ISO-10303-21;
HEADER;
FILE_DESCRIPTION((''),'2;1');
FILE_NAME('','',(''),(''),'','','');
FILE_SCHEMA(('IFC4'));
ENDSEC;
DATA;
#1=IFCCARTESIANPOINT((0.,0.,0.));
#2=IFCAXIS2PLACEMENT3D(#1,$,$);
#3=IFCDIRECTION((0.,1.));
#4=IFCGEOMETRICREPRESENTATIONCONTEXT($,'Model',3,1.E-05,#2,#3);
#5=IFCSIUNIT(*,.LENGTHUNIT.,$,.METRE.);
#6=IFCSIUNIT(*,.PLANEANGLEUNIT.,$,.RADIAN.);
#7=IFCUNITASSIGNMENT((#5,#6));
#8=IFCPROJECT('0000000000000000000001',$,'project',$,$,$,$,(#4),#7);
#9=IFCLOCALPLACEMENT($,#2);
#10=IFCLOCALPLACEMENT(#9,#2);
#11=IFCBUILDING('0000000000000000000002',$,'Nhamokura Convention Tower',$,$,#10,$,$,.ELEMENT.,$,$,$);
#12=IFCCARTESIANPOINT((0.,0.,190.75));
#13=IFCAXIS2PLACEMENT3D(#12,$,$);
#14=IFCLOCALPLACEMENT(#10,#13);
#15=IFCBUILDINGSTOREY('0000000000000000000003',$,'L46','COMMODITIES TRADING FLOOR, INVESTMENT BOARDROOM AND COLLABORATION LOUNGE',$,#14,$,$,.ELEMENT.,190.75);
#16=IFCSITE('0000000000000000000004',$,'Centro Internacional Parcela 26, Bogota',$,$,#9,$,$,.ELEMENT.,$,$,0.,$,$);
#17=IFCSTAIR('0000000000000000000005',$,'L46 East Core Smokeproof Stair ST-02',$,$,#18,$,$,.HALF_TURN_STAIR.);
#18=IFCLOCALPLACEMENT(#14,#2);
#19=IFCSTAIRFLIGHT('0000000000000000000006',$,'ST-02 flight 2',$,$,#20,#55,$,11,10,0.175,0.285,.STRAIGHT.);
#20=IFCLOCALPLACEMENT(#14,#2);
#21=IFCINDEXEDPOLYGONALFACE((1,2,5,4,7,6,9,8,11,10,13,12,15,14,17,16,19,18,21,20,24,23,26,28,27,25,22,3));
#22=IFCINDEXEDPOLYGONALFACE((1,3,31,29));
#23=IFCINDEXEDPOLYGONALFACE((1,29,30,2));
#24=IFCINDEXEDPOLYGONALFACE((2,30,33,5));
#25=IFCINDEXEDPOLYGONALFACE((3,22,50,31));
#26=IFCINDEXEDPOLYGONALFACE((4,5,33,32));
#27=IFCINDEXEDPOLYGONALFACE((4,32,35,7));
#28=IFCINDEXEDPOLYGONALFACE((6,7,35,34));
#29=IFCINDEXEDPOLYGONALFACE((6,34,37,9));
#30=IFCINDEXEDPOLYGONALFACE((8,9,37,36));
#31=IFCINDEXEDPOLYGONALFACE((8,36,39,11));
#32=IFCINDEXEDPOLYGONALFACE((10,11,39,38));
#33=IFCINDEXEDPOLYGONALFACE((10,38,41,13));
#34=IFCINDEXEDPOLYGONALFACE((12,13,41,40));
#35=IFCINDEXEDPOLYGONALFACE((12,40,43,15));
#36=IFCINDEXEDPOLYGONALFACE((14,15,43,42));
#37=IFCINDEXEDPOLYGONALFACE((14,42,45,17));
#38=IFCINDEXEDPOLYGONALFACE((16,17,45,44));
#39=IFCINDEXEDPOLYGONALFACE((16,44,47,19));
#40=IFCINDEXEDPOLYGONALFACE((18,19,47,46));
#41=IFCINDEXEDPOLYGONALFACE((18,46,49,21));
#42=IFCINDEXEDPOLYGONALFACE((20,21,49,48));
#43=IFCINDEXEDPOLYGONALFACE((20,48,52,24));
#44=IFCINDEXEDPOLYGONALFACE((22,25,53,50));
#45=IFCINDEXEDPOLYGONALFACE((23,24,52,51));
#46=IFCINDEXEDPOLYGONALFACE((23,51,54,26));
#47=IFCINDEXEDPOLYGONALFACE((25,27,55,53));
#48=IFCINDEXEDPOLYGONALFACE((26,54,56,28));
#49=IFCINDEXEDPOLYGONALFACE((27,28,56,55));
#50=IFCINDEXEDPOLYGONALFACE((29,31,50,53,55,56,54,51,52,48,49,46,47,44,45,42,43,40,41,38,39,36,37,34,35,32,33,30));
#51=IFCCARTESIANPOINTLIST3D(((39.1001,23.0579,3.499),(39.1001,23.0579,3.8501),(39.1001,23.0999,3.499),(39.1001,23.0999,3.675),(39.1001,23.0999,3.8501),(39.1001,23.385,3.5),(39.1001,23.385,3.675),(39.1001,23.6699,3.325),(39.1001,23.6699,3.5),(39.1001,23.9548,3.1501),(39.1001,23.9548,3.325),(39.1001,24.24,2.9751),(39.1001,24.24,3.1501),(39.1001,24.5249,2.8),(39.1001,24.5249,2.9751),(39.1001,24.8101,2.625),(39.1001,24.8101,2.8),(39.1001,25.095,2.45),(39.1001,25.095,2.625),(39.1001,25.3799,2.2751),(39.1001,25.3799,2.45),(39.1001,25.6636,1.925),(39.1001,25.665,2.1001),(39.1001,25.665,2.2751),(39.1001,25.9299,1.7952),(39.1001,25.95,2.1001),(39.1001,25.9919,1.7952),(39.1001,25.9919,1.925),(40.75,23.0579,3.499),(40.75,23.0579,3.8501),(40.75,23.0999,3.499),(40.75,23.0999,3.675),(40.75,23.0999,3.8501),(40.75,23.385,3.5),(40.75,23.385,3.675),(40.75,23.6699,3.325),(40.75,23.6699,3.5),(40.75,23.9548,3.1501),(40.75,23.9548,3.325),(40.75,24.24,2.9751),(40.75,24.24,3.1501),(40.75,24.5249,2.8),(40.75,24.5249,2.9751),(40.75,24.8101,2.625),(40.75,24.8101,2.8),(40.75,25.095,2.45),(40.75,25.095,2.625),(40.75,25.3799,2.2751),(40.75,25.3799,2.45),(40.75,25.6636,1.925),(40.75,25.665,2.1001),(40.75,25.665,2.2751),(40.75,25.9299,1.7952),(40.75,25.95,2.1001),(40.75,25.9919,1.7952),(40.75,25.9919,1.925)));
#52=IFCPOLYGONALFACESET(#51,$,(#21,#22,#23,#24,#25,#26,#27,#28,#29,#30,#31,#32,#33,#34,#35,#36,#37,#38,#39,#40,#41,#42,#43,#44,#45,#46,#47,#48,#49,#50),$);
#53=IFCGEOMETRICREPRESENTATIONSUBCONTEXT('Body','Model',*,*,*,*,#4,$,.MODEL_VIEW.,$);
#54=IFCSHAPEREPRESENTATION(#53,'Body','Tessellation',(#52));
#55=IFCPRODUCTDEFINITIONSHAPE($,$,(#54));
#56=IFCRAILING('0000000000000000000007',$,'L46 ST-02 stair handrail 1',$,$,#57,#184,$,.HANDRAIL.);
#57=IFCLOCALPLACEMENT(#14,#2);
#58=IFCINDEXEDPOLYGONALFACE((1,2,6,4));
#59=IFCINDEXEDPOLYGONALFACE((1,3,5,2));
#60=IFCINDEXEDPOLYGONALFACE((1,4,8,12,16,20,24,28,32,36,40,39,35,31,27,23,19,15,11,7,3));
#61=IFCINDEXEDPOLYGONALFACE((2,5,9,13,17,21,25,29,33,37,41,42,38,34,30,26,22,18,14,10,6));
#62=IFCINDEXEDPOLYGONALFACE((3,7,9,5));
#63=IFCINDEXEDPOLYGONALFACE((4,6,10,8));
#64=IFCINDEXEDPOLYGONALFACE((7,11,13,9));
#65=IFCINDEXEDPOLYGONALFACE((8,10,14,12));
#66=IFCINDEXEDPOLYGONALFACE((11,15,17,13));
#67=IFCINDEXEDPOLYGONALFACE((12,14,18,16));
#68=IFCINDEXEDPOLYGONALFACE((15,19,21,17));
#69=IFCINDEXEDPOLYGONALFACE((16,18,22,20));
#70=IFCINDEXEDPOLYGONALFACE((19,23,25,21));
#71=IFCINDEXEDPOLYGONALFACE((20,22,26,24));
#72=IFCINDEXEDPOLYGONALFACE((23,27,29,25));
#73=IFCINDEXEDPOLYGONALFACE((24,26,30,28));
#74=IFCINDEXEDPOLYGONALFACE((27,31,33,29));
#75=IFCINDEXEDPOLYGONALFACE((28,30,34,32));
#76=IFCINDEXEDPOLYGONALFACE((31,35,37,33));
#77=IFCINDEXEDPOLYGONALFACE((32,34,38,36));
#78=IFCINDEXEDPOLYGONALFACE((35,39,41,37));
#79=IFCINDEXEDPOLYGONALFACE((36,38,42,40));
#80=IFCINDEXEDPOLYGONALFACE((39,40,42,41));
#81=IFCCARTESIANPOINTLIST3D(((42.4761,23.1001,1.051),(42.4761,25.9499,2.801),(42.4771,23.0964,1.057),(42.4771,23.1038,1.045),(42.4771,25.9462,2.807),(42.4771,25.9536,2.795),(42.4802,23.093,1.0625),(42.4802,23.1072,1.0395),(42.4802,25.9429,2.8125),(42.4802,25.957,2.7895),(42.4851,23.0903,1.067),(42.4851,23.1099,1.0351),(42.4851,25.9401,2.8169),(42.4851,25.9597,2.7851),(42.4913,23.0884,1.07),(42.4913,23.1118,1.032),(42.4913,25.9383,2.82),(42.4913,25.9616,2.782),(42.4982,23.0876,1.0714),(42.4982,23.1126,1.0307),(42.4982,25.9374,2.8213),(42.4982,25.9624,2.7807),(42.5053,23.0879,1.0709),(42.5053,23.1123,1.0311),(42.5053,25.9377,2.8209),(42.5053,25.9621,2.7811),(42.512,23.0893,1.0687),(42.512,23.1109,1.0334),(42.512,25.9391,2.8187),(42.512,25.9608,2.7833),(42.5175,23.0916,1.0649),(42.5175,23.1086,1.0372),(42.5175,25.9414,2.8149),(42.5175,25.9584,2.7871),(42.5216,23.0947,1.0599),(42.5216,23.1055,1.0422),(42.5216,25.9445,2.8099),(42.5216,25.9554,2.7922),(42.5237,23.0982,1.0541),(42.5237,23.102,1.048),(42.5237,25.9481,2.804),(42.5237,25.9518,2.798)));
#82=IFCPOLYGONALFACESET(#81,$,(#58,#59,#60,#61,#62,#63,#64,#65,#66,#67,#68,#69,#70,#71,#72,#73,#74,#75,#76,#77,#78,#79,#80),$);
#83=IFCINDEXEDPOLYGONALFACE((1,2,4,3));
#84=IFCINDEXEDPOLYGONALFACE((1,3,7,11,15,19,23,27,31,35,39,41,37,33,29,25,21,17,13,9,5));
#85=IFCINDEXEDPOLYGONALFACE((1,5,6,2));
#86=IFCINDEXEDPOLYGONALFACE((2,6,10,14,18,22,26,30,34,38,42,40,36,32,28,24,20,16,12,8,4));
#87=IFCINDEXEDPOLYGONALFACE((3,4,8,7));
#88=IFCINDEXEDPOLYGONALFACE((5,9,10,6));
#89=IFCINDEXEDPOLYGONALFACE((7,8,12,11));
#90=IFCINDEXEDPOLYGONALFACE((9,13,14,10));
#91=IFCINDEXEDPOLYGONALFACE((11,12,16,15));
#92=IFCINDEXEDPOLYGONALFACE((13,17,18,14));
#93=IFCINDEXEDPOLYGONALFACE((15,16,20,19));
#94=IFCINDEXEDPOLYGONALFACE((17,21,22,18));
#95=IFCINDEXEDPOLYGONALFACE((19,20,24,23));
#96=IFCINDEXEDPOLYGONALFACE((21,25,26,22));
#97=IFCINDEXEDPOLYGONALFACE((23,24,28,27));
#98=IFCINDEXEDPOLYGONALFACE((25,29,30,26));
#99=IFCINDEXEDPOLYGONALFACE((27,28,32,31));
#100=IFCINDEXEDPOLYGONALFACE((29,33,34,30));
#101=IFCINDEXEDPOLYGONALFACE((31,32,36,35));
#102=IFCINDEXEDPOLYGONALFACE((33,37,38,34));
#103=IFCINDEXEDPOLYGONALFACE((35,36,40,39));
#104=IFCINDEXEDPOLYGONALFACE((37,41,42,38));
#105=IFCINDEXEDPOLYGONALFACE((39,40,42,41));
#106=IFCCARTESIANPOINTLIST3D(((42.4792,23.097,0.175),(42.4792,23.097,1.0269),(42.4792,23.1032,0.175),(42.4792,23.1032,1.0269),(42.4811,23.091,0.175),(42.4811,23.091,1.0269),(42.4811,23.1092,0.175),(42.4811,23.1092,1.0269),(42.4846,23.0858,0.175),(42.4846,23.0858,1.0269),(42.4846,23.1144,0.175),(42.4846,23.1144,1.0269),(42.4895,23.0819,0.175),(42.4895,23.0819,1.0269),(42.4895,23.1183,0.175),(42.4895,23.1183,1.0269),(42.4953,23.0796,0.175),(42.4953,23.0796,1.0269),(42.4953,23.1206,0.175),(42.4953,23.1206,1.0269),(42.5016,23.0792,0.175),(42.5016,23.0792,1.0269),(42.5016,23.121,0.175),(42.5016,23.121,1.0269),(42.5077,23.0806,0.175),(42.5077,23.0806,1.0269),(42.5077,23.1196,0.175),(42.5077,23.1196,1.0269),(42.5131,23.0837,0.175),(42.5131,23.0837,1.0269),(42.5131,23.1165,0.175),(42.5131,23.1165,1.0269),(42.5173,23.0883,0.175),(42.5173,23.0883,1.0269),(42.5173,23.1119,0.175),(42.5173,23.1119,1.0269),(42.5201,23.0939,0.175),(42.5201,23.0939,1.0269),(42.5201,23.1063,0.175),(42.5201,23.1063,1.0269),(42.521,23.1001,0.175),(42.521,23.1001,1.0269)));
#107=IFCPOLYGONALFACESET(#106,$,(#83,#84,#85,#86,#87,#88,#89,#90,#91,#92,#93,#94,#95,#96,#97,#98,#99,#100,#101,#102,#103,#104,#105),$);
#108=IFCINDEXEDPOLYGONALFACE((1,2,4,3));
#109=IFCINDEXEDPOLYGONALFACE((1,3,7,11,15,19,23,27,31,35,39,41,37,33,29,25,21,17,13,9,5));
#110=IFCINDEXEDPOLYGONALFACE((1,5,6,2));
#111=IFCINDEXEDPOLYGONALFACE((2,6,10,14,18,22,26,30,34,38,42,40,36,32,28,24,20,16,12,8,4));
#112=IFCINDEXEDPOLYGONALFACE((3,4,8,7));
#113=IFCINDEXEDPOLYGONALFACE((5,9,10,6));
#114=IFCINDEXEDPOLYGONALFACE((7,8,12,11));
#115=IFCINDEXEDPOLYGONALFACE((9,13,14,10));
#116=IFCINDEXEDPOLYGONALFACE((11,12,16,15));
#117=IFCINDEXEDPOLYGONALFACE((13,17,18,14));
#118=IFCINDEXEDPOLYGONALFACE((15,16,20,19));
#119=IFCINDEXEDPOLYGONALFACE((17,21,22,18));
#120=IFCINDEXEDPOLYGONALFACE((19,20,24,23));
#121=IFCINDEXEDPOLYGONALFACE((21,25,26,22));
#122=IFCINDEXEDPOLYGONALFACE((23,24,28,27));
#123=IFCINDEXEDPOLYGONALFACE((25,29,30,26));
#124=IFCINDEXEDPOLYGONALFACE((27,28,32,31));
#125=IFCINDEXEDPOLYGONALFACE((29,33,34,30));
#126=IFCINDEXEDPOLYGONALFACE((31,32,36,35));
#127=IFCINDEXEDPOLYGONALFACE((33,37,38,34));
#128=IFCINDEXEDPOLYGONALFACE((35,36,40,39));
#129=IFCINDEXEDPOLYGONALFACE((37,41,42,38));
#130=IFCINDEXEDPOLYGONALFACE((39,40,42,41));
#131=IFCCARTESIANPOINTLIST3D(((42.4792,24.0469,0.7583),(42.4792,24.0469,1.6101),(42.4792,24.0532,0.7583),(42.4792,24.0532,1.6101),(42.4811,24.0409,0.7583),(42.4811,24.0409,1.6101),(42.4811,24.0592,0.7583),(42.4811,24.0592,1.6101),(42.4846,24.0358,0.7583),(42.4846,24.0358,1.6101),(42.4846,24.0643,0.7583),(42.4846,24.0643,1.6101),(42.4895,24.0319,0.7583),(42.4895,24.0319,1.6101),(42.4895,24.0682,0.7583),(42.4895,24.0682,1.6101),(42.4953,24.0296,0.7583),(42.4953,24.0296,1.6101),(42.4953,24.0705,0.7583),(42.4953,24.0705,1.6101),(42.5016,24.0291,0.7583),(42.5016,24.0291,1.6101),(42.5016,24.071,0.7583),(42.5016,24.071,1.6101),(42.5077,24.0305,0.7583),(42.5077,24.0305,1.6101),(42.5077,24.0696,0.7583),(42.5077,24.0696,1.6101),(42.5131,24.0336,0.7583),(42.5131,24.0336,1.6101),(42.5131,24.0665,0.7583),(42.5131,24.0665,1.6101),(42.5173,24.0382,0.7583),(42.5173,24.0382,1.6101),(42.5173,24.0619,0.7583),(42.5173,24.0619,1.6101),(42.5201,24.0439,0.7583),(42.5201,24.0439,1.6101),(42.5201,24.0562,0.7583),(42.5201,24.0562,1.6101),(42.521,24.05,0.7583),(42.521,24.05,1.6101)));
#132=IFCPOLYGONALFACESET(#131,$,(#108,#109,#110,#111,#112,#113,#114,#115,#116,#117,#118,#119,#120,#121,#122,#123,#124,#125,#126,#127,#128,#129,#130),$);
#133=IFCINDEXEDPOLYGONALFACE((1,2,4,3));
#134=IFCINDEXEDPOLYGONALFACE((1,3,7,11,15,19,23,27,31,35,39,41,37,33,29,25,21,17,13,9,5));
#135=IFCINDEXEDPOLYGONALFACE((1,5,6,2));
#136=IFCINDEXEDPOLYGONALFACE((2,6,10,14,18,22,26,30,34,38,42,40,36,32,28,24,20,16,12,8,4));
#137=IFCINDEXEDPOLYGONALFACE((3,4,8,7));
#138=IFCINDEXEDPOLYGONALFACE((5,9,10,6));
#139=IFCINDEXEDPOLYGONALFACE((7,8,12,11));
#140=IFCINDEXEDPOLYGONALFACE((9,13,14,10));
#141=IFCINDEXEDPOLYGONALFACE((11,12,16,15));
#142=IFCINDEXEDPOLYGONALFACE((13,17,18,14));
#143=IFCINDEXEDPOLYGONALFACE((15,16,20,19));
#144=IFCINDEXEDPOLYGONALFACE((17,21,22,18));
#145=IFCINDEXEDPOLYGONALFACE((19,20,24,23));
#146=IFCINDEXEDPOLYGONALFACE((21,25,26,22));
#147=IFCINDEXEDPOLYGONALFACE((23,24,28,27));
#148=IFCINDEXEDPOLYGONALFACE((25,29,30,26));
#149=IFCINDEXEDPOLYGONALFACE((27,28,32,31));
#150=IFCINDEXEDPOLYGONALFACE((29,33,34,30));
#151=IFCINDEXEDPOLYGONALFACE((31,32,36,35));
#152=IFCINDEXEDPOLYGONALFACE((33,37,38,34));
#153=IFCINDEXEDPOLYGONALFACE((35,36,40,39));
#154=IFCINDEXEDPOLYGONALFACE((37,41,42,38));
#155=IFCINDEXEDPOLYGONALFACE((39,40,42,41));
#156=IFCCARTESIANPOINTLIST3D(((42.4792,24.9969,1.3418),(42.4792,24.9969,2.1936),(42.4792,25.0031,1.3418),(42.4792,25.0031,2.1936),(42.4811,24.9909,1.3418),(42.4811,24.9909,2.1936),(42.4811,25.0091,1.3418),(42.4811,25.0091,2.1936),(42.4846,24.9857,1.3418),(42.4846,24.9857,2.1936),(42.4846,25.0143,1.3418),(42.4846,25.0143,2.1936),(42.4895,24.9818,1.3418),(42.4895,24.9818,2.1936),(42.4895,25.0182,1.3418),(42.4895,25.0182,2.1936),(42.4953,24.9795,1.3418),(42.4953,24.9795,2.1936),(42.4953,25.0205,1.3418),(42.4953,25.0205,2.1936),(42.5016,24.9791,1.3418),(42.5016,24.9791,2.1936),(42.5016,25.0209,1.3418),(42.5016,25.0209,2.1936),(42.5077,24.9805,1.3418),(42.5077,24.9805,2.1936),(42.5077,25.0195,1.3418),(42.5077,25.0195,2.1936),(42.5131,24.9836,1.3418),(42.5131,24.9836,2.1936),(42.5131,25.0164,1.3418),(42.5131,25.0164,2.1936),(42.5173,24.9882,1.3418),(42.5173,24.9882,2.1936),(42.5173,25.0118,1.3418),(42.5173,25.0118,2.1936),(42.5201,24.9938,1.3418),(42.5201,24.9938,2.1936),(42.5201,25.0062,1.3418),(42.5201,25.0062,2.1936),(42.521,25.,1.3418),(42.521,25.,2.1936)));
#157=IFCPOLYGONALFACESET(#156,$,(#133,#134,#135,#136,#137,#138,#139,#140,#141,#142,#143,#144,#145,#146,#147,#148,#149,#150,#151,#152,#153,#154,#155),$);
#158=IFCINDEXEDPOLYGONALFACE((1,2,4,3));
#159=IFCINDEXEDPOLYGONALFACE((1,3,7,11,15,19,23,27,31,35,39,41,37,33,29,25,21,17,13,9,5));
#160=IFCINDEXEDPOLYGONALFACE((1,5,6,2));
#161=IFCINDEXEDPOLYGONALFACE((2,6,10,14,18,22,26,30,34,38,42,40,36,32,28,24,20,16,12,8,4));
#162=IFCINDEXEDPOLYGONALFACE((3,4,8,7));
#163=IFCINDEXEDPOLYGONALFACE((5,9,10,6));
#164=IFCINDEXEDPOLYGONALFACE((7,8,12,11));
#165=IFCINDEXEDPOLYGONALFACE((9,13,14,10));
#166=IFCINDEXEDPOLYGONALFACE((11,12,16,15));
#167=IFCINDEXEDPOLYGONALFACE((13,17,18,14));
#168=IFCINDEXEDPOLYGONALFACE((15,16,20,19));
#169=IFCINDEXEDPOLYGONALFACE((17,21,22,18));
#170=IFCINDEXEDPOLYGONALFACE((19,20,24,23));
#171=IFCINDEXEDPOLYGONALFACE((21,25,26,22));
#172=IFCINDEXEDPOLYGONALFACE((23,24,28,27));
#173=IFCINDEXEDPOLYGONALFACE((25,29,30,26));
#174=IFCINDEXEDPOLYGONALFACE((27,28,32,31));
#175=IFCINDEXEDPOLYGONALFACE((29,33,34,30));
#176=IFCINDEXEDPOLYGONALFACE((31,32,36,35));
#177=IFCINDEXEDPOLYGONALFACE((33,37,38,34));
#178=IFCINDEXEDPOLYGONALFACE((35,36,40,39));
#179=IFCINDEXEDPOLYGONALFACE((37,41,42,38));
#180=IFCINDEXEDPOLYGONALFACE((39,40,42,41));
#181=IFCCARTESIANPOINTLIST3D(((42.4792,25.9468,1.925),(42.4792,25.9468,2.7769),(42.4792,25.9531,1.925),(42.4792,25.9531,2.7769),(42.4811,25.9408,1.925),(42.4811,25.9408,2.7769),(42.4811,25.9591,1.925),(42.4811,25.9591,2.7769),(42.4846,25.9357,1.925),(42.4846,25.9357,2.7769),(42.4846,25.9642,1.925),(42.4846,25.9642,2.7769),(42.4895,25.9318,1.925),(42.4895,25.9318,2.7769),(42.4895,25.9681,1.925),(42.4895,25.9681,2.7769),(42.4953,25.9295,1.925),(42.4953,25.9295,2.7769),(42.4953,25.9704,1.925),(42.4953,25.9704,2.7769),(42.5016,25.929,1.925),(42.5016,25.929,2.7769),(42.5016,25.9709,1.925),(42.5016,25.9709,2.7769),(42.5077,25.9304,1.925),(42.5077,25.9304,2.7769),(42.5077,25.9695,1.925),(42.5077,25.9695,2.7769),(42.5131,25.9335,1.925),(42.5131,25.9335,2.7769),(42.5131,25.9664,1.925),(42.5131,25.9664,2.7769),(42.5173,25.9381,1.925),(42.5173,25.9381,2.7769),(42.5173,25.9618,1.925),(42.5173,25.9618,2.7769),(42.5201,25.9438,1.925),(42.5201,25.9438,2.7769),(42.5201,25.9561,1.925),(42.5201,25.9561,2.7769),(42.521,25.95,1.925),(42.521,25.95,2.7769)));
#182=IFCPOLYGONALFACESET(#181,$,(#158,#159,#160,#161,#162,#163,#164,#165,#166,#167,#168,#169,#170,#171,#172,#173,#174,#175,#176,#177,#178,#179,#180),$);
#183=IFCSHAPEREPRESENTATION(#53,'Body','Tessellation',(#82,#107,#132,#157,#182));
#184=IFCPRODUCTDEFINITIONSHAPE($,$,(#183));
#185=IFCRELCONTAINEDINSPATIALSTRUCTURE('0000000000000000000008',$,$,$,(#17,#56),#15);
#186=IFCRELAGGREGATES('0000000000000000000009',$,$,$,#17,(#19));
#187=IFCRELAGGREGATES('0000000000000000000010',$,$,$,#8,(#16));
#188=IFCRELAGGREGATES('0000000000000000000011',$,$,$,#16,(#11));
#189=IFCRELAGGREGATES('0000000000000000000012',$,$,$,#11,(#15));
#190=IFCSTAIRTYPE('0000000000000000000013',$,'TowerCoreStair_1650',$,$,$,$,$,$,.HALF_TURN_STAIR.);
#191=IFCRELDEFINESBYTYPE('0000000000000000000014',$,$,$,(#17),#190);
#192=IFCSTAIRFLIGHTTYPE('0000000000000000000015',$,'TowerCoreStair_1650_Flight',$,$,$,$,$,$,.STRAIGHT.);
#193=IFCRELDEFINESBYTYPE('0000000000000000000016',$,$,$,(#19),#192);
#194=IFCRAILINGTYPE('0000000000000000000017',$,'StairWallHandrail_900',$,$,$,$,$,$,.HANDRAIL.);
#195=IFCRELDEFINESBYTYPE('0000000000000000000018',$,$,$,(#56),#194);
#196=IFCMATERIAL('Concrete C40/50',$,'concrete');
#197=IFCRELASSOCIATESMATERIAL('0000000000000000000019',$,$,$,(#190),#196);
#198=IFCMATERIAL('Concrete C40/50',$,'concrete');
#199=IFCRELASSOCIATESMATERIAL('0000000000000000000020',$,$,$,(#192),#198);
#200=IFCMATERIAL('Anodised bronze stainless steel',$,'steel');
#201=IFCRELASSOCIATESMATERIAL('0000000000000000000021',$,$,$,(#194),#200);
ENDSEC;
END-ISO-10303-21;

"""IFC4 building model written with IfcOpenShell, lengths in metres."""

from ifc_helpers import new_model, si_unit, direction, frame, origin, origin_2d, place, context, subcontext, project, spatial, polyline, circle, outline, extrude, material, type_object, element, aggregate, save


model = new_model("IFC4")

# Units and contexts
model_context = context("Model", 3, precision=1e-05, world=origin(), true_north=direction((0.0, 1.0)))
body_context = subcontext(model_context, "Body", "Model", "MODEL_VIEW")
ifc_project = project(units=[si_unit("LENGTHUNIT", "METRE"), si_unit("PLANEANGLEUNIT", "RADIAN")], contexts=[model_context])

# Site, building, storey
site_placement = place(None, origin())
site = spatial("IfcSite", under=ifc_project, at=site_placement, Name="Centro Internacional Parcela 26, Bogota", CompositionType="ELEMENT", RefElevation=0.0)
building_placement = place(site_placement, origin())
building = spatial("IfcBuilding", under=site, at=building_placement, Name="Nhamokura Convention Tower", CompositionType="ELEMENT")
storey_placement = place(building_placement, frame((0.0, 0.0, 190.75)))
storey = spatial("IfcBuildingStorey", under=building, at=storey_placement, Name="L46", Description="COMMODITIES TRADING FLOOR, INVESTMENT BOARDROOM AND COLLABORATION LOUNGE", CompositionType="ELEMENT", Elevation=190.75)

# Stair, stair flight
ifc_material_1 = material(Name="Concrete C40/50", Category="concrete")
stair_type = type_object("IfcStairType", Name="TowerCoreStair_1650", PredefinedType="HALF_TURN_STAIR", material=ifc_material_1)
stair_placement = place(storey_placement, origin())
stair = element("IfcStair", 1, at=stair_placement, inside=storey, type_object=stair_type, Name="L46 East Core Smokeproof Stair ST-02", PredefinedType="HALF_TURN_STAIR")
ifc_material_2 = material(Name="Concrete C40/50", Category="concrete")
stair_flight_type = type_object("IfcStairFlightType", Name="TowerCoreStair_1650_Flight", PredefinedType="STRAIGHT", material=ifc_material_2)
stair_flight_1_placement = place(storey_placement, frame((39.925, 25.95, 1.925), z_axis=(0.0, 0.0, 1.0), x_axis=(0.0, -1.0, 0.0)))
stair_flight_1 = element("IfcStairFlight", 2, at=stair_flight_1_placement, type_object=stair_flight_type, Name="ST-02 flight 2", NumberOfRisers=11, NumberOfTreads=10, PredefinedType="STRAIGHT", RiserHeight=0.175, TreadLength=0.285, context=body_context, shape_type="SweptSolid", body=[
    extrude(outline(polyline([(-0.042, 0.0), (0.0, 0.175), (0.2849, 0.175), (0.2849, 0.3501), (0.5701, 0.3501), (0.5701, 0.5249), (0.855, 0.5249), (0.855, 0.7), (1.1399, 0.7), (1.1399, 0.875), (1.425, 0.875), (1.425, 1.05), (1.71, 1.05), (1.71, 1.2251), (1.9951, 1.2251), (1.9951, 1.3999), (2.28, 1.3999), (2.28, 1.575), (2.5649, 1.575), (2.5649, 1.75), (2.8501, 1.75), (2.8501, 1.925), (2.8921, 1.925), (2.8921, 1.574), (2.8501, 1.574), (0.2864, 0.0), (0.02, -0.1299), (-0.042, -0.1299), (-0.042, 0.0)])), frame((0.0, 0.825, 0.0), z_axis=(0.0, -1.0, 0.0), x_axis=(1.0, 0.0, 0.0)), (0.0, 0.0, 1.0), 1.6499),
])
aggregate(stair, [stair_flight_1])

# Railing
ifc_material_3 = material(Name="Anodised bronze stainless steel", Category="steel")
railing_type_1 = type_object("IfcRailingType", Name="StairWallHandrail_900", PredefinedType="HANDRAIL", material=ifc_material_3)
railing_1_placement = place(storey_placement, frame((42.5, 23.1001, 0.175)))
element("IfcRailing", 3, at=railing_1_placement, inside=storey, type_object=railing_type_1, Name="L46 ST-02 stair handrail 1", PredefinedType="HANDRAIL", context=body_context, shape_type="SweptSolid", body=[
    extrude(circle(Radius=0.0239, at=origin_2d()), frame((0.0, 0.0, 0.876), z_axis=(0.0, 0.852159, 0.523283), x_axis=(-1.0, 0.0, 0.0)), (0.0, 0.0, 1.0), 3.3442),
    extrude(circle(Radius=0.021, at=origin_2d()), origin(), (0.0, 0.0, 1.0), 0.8518),
    extrude(circle(Radius=0.021, at=origin_2d()), frame((0.0, 0.95, 0.5833)), (0.0, 0.0, 1.0), 0.8518),
    extrude(circle(Radius=0.021, at=origin_2d()), frame((0.0, 1.8999, 1.1667)), (0.0, 0.0, 1.0), 0.8518),
    extrude(circle(Radius=0.021, at=origin_2d()), frame((0.0, 2.8499, 1.75)), (0.0, 0.0, 1.0), 0.8518),
])

save(model, "model.ifc")
